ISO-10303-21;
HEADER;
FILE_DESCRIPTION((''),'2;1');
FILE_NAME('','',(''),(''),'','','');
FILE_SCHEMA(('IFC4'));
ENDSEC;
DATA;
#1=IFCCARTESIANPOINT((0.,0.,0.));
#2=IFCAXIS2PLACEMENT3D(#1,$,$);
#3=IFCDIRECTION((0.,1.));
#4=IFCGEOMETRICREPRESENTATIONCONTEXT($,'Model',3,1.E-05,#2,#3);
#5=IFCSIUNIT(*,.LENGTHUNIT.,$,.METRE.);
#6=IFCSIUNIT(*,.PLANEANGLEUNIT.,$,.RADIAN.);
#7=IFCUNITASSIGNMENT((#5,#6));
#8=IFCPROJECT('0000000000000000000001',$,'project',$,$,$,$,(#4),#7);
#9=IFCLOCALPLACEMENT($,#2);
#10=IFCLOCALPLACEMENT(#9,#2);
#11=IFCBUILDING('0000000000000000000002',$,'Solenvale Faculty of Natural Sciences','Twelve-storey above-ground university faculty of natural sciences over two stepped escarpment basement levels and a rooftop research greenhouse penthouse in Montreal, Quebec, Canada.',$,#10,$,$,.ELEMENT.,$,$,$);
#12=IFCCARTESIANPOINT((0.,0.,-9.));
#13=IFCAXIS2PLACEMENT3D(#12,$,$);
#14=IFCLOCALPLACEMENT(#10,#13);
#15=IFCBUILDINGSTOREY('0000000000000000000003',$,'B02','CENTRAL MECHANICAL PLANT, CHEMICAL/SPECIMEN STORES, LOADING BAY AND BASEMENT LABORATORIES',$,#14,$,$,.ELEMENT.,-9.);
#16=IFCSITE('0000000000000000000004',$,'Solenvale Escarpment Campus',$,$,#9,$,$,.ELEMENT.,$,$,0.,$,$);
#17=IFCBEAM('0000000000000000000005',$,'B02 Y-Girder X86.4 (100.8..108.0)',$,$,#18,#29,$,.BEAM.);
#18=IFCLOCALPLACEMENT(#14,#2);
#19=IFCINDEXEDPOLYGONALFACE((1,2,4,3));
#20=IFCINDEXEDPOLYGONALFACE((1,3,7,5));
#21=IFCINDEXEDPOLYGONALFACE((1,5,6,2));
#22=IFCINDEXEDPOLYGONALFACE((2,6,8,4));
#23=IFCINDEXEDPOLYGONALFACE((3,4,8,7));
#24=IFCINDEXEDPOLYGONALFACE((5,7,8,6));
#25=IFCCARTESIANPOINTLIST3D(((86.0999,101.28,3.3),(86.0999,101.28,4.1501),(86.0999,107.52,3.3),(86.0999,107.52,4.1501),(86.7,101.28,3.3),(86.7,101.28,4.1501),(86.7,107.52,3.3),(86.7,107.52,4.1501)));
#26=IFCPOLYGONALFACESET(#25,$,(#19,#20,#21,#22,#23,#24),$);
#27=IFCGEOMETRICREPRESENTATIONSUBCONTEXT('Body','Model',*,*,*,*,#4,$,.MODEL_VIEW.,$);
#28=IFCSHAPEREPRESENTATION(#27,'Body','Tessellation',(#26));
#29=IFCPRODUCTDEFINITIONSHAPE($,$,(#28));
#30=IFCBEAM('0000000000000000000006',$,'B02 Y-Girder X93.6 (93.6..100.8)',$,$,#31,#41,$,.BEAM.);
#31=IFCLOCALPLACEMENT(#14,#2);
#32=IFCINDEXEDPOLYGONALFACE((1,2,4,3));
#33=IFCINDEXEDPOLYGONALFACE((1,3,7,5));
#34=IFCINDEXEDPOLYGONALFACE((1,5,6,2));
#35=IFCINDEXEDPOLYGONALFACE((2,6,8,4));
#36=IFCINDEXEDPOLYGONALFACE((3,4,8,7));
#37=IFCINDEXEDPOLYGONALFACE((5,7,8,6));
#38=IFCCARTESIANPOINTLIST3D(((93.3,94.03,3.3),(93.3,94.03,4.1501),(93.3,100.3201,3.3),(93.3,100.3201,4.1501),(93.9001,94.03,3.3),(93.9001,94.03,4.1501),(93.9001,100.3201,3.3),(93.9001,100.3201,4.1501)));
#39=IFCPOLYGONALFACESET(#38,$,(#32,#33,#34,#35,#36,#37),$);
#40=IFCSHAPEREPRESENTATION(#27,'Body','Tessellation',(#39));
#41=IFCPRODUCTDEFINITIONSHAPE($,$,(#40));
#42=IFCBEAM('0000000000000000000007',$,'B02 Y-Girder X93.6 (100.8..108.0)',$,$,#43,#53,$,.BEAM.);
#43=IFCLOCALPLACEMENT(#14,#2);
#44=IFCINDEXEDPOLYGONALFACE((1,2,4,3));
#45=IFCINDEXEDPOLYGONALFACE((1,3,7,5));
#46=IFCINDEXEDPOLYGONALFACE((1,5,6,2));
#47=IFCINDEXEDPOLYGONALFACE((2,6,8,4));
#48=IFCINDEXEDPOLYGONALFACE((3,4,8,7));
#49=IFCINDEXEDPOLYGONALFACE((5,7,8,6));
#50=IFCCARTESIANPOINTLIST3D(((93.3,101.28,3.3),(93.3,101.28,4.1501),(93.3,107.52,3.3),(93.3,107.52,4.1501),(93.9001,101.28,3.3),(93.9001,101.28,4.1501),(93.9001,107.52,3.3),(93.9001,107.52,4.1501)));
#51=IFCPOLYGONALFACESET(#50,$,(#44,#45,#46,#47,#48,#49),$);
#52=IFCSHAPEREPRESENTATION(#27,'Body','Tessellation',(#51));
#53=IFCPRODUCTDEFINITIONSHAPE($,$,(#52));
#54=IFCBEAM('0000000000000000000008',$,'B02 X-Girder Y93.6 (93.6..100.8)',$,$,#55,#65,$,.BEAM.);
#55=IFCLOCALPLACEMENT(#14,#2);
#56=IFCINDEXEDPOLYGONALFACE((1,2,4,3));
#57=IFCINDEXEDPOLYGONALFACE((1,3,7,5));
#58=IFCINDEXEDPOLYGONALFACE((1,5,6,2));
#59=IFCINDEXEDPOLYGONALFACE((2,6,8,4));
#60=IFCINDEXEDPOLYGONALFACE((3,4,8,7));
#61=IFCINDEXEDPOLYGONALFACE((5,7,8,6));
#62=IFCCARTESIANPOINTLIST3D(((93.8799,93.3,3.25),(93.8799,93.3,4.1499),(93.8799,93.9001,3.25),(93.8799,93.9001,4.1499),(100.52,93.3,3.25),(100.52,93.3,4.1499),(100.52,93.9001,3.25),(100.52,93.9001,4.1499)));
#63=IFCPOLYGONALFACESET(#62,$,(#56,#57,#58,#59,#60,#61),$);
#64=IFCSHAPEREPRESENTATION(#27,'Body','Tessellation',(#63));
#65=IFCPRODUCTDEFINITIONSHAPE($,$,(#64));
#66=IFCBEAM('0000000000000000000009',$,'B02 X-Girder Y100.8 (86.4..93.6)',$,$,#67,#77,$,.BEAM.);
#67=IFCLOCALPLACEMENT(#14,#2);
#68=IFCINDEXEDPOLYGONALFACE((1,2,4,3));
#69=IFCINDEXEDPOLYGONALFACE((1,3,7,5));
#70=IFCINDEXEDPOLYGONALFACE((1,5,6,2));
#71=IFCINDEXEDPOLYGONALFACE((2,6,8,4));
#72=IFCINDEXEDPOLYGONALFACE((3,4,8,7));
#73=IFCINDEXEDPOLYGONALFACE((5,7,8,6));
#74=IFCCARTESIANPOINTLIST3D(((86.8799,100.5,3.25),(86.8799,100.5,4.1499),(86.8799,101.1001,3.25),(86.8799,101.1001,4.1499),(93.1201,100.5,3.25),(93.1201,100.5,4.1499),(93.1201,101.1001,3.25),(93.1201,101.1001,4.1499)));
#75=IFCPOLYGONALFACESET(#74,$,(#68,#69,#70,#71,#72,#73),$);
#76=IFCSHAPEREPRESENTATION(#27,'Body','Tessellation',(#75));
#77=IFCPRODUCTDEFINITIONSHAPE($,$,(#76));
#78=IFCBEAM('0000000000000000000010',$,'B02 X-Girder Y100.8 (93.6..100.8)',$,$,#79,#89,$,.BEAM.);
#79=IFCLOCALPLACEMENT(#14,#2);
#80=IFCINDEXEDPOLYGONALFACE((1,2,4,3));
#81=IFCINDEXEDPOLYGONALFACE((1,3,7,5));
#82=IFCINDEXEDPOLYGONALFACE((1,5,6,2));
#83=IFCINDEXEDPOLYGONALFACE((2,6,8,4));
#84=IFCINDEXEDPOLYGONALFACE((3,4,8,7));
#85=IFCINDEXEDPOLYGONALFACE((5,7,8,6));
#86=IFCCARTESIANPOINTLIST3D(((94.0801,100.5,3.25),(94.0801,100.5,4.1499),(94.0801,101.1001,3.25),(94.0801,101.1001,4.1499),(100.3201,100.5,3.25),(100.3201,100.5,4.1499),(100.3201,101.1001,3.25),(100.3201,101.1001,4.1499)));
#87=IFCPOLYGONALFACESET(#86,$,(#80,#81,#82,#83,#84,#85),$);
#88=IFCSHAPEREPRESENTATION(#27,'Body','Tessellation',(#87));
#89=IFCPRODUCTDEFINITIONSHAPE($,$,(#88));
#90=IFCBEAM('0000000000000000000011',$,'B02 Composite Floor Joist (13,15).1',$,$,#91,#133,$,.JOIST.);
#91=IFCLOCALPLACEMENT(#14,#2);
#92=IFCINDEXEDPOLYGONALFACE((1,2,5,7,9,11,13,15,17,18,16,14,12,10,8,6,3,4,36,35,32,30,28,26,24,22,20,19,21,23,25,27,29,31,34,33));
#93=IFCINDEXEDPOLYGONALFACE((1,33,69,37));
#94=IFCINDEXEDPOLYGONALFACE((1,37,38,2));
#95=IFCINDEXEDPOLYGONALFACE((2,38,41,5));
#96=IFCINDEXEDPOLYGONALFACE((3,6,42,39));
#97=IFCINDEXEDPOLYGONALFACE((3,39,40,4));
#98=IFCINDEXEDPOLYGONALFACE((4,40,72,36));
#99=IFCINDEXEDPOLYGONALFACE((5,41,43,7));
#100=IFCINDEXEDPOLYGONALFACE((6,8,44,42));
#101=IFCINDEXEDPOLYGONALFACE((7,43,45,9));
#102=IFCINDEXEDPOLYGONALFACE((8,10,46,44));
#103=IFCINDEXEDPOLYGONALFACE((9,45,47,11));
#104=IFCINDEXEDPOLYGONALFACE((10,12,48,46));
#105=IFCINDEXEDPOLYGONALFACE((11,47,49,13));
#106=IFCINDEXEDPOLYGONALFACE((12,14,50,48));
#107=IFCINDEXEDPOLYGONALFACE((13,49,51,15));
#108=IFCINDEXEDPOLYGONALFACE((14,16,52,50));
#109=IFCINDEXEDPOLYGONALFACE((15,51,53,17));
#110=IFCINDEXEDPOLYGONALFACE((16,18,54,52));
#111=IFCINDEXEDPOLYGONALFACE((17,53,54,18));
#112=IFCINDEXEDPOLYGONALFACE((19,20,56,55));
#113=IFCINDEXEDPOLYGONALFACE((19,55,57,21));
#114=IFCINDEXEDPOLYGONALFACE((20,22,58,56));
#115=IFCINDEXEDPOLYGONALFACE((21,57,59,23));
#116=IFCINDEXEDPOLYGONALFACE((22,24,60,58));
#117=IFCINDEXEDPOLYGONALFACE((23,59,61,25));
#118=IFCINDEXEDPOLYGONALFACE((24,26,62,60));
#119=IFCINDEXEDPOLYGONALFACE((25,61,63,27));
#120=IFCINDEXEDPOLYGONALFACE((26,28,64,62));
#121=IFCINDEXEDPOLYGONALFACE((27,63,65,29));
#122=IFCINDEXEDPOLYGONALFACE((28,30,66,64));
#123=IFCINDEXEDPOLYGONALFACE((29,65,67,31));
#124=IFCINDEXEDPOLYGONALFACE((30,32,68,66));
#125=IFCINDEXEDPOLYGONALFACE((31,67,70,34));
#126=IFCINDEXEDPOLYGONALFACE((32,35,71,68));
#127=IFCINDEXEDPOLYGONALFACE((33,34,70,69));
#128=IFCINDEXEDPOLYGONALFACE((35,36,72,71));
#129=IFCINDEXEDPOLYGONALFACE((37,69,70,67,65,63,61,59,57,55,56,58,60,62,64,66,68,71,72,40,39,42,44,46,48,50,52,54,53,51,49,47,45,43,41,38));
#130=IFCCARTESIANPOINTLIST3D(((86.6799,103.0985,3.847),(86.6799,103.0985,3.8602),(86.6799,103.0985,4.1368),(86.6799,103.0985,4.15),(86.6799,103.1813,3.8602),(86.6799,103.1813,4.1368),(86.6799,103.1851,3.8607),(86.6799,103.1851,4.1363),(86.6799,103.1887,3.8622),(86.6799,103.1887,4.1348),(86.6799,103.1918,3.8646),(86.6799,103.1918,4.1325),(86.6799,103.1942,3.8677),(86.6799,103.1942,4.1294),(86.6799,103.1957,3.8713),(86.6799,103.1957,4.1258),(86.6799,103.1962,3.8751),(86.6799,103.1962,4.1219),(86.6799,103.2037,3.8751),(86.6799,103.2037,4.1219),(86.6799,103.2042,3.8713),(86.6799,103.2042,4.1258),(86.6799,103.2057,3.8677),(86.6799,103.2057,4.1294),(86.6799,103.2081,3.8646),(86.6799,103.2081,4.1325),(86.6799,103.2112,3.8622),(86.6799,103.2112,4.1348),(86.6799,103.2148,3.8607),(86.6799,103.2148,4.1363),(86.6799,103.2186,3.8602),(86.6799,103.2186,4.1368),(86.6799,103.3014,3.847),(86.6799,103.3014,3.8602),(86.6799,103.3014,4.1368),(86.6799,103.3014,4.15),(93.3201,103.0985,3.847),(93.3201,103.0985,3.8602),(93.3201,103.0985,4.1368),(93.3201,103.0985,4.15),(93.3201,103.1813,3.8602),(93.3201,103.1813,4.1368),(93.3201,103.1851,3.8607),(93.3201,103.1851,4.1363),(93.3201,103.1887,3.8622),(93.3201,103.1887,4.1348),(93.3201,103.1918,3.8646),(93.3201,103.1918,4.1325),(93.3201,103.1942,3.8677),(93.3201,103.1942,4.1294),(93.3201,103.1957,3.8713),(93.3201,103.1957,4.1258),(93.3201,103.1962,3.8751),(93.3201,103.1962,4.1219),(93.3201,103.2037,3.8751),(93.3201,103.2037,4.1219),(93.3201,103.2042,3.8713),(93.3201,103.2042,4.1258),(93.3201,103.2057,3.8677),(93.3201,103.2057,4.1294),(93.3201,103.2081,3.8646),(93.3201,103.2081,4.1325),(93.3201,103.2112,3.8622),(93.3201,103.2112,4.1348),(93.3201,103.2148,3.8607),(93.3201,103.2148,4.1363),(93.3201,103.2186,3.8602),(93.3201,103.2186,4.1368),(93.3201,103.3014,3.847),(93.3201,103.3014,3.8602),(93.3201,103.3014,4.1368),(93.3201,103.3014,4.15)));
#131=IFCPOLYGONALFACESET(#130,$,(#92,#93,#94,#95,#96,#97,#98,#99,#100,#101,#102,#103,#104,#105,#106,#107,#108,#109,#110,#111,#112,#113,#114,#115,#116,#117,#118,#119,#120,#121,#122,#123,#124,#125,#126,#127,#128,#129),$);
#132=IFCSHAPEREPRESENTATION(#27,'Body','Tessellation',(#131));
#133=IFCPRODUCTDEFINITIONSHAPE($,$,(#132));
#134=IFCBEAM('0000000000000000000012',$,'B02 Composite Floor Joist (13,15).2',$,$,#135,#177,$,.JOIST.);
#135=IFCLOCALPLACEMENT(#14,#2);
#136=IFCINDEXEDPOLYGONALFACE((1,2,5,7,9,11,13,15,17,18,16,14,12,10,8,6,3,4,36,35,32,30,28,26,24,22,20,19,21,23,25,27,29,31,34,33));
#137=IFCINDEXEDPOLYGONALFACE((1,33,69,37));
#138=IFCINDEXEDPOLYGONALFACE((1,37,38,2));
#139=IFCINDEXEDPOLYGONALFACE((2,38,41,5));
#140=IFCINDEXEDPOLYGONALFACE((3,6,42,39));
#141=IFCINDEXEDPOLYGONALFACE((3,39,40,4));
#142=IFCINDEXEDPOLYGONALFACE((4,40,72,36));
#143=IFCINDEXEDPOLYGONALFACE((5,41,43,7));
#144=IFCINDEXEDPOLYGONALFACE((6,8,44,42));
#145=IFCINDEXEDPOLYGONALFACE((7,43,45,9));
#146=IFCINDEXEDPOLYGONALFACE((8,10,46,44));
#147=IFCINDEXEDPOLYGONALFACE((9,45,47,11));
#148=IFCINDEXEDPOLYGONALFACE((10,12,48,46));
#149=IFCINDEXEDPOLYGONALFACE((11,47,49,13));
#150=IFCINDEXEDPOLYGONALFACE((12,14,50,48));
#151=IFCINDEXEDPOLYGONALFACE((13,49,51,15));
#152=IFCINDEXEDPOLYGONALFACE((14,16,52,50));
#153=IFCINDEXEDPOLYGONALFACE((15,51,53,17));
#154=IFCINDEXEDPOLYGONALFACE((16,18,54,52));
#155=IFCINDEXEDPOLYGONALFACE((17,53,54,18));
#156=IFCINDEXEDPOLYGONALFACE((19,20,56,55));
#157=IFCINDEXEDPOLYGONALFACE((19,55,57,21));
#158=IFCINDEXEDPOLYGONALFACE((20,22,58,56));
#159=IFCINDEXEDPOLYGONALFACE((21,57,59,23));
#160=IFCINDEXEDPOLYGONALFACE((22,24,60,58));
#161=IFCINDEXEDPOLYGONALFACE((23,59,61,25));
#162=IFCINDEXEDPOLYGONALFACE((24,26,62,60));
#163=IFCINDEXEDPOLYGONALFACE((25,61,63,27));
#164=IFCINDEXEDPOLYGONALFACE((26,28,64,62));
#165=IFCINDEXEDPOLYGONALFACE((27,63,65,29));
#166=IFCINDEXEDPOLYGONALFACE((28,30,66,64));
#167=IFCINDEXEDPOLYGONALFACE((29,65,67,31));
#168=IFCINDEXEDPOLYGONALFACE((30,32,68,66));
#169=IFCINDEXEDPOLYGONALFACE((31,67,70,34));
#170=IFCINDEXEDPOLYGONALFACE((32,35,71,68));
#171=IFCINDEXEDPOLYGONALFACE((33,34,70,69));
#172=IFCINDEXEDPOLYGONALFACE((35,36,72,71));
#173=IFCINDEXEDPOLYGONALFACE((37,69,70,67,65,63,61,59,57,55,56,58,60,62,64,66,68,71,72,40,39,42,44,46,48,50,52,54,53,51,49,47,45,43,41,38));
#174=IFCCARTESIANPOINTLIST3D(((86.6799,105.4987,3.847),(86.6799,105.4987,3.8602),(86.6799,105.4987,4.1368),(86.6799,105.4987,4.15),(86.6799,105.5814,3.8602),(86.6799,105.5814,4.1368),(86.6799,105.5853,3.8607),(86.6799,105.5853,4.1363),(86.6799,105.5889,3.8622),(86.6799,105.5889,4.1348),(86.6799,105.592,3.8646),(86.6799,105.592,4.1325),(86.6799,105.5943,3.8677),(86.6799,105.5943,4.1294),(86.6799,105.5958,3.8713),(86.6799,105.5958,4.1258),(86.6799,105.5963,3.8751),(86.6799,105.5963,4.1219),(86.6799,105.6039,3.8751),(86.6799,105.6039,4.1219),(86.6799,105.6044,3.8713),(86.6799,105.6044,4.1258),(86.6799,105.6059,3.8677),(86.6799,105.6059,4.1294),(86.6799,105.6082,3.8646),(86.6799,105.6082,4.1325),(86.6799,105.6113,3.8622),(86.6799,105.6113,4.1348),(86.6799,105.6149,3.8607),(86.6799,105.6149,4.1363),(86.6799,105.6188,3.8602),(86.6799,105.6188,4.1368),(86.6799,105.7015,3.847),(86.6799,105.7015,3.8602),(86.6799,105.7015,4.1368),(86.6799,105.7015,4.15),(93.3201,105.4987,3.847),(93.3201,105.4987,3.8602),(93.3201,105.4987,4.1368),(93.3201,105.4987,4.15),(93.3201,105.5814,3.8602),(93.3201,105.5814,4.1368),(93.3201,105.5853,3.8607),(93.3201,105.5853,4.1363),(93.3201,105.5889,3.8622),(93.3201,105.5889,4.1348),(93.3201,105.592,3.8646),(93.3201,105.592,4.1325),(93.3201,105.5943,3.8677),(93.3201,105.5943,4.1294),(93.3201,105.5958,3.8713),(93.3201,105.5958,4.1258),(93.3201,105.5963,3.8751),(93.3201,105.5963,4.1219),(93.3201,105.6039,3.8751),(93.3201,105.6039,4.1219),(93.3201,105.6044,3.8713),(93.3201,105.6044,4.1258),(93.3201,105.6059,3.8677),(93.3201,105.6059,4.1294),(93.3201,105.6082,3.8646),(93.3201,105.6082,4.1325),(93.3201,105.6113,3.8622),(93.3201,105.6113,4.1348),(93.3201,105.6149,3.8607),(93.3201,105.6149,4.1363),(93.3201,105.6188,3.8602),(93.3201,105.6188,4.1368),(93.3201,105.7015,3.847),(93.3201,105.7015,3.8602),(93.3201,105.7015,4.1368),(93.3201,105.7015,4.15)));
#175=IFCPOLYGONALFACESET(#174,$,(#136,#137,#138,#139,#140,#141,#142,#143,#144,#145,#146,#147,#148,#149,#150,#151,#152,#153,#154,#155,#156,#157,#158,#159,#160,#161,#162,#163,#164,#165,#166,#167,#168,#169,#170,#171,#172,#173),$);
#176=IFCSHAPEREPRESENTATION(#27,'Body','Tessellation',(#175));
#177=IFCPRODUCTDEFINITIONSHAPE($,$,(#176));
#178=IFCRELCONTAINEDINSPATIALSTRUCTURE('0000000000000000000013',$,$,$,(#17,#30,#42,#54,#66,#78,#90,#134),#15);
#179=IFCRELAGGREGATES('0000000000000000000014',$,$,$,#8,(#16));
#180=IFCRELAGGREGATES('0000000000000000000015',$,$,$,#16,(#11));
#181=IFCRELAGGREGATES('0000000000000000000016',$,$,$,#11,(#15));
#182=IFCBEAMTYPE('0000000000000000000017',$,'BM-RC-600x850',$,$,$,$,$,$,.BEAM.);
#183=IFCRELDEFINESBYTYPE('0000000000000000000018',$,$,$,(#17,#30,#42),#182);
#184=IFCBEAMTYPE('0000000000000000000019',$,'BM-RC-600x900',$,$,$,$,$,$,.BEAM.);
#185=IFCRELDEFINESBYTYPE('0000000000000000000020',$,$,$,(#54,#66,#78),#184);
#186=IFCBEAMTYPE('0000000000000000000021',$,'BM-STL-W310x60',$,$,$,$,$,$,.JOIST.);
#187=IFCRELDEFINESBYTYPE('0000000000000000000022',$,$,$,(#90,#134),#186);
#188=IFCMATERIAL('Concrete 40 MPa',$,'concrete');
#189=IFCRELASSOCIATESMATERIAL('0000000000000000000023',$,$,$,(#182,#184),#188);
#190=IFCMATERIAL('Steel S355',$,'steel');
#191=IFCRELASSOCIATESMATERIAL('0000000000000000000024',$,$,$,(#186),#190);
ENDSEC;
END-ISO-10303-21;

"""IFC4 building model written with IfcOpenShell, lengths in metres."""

from ifc_helpers import new_model, si_unit, direction, frame, origin, origin_2d, place, context, subcontext, project, spatial, rectangle, i_section, extrude, material, material_profile, profile_set, type_object, element, save


model = new_model("IFC4")

# Units and contexts
model_context = context("Model", 3, precision=1e-05, world=origin(), true_north=direction((0.0, 1.0)))
body_context = subcontext(model_context, "Body", "Model", "MODEL_VIEW")
ifc_project = project(units=[si_unit("LENGTHUNIT", "METRE"), si_unit("PLANEANGLEUNIT", "RADIAN")], contexts=[model_context])

# Site, building, storey
site_placement = place(None, origin())
site = spatial("IfcSite", under=ifc_project, at=site_placement, Name="Solenvale Escarpment Campus", CompositionType="ELEMENT", RefElevation=0.0)
building_placement = place(site_placement, origin())
building = spatial("IfcBuilding", under=site, at=building_placement, Name="Solenvale Faculty of Natural Sciences", Description="Twelve-storey above-ground university faculty of natural sciences over two stepped escarpment basement levels and a rooftop research greenhouse penthouse in Montreal, Quebec, Canada.", CompositionType="ELEMENT")
storey_placement = place(building_placement, frame((0.0, 0.0, -9.0)))
storey = spatial("IfcBuildingStorey", under=building, at=storey_placement, Name="B02", Description="CENTRAL MECHANICAL PLANT, CHEMICAL/SPECIMEN STORES, LOADING BAY AND BASEMENT LABORATORIES", CompositionType="ELEMENT", Elevation=-9.0)

# Shared definitions
ifc_material_1 = material(Name="Concrete 40 MPa", Category="concrete")

# Beams
ifc_material_profile_1 = material_profile(ifc_material_1, rectangle(XDim=0.6001, YDim=0.8501, at=origin_2d()), Name="RC-BM-600x850")
ifc_profile_set_1 = profile_set([ifc_material_profile_1], Name="Concrete 40 MPa")
beam_type_1 = type_object("IfcBeamType", Name="BM-RC-600x850", PredefinedType="BEAM", material=ifc_profile_set_1)
beam_1_placement = place(storey_placement, frame((86.3999, 101.28, 3.7251), z_axis=(0.0, 1.0, 0.0), x_axis=(-1.0, 0.0, 0.0)))
element("IfcBeam", 1, at=beam_1_placement, inside=storey, type_object=beam_type_1, Name="B02 Y-Girder X86.4 (100.8..108.0)", PredefinedType="BEAM", context=body_context, shape_type="SweptSolid", body=[
    extrude(rectangle(XDim=0.6001, YDim=0.8501, at=origin_2d()), origin(), (0.0, 0.0, 1.0), 6.24),
])
beam_2_placement = place(storey_placement, frame((93.6001, 94.03, 3.7251), z_axis=(0.0, 1.0, 0.0), x_axis=(-1.0, 0.0, 0.0)))
element("IfcBeam", 2, at=beam_2_placement, inside=storey, type_object=beam_type_1, Name="B02 Y-Girder X93.6 (93.6..100.8)", PredefinedType="BEAM", context=body_context, shape_type="SweptSolid", body=[
    extrude(rectangle(XDim=0.6001, YDim=0.8501, at=origin_2d()), origin(), (0.0, 0.0, 1.0), 6.29),
])
beam_3_placement = place(storey_placement, frame((93.6001, 101.28, 3.7251), z_axis=(0.0, 1.0, 0.0), x_axis=(-1.0, 0.0, 0.0)))
element("IfcBeam", 3, at=beam_3_placement, inside=storey, type_object=beam_type_1, Name="B02 Y-Girder X93.6 (100.8..108.0)", PredefinedType="BEAM", context=body_context, shape_type="SweptSolid", body=[
    extrude(rectangle(XDim=0.6001, YDim=0.8501, at=origin_2d()), origin(), (0.0, 0.0, 1.0), 6.24),
])
ifc_material_profile_2 = material_profile(ifc_material_1, rectangle(XDim=0.6001, YDim=0.8999, at=origin_2d()), Name="RC-BM-600x900")
ifc_profile_set_2 = profile_set([ifc_material_profile_2], Name="Concrete 40 MPa")
beam_type_2 = type_object("IfcBeamType", Name="BM-RC-600x900", PredefinedType="BEAM", material=ifc_profile_set_2)
beam_4_placement = place(storey_placement, frame((93.8799, 93.6001, 3.7), z_axis=(1.0, 0.0, 0.0), x_axis=(0.0, 1.0, 0.0)))
element("IfcBeam", 4, at=beam_4_placement, inside=storey, type_object=beam_type_2, Name="B02 X-Girder Y93.6 (93.6..100.8)", PredefinedType="BEAM", context=body_context, shape_type="SweptSolid", body=[
    extrude(rectangle(XDim=0.6001, YDim=0.8999, at=origin_2d()), origin(), (0.0, 0.0, 1.0), 6.6401),
])
beam_5_placement = place(storey_placement, frame((86.8799, 100.8, 3.7), z_axis=(1.0, 0.0, 0.0), x_axis=(0.0, 1.0, 0.0)))
element("IfcBeam", 5, at=beam_5_placement, inside=storey, type_object=beam_type_2, Name="B02 X-Girder Y100.8 (86.4..93.6)", PredefinedType="BEAM", context=body_context, shape_type="SweptSolid", body=[
    extrude(rectangle(XDim=0.6001, YDim=0.8999, at=origin_2d()), origin(), (0.0, 0.0, 1.0), 6.2402),
])
beam_6_placement = place(storey_placement, frame((94.0801, 100.8, 3.7), z_axis=(1.0, 0.0, 0.0), x_axis=(0.0, 1.0, 0.0)))
element("IfcBeam", 6, at=beam_6_placement, inside=storey, type_object=beam_type_2, Name="B02 X-Girder Y100.8 (93.6..100.8)", PredefinedType="BEAM", context=body_context, shape_type="SweptSolid", body=[
    extrude(rectangle(XDim=0.6001, YDim=0.8999, at=origin_2d()), origin(), (0.0, 0.0, 1.0), 6.24),
])
ifc_material_2 = material(Name="Steel S355", Category="steel")
ifc_material_profile_3 = material_profile(ifc_material_2, i_section(OverallWidth=0.2029, OverallDepth=0.303, WebThickness=0.0076, FlangeThickness=0.0132, FilletRadius=0.0149, at=origin_2d()), Name="W310x60")
ifc_profile_set_3 = profile_set([ifc_material_profile_3], Name="Steel S355")
beam_type_3 = type_object("IfcBeamType", Name="BM-STL-W310x60", PredefinedType="JOIST", material=ifc_profile_set_3)
for number, where, z_axis, x_axis, name in (
    (7, (86.6799, 103.2, 3.9985), (1.0, 0.0, 0.0), (0.0, 1.0, 0.0), "B02 Composite Floor Joist (13,15).1"),
    (8, (86.6799, 105.6001, 3.9985), (1.0, 0.0, 0.0), (0.0, 1.0, 0.0), "B02 Composite Floor Joist (13,15).2"),
):
    element("IfcBeam", number, at=place(storey_placement, frame(where, z_axis=z_axis, x_axis=x_axis)), inside=storey, type_object=beam_type_3, Name=name, PredefinedType="JOIST", context=body_context, shape_type="SweptSolid", body=[
        extrude(i_section(OverallWidth=0.2029, OverallDepth=0.303, WebThickness=0.0076, FlangeThickness=0.0132, FilletRadius=0.0149, at=origin_2d()), origin(), (0.0, 0.0, 1.0), 6.6401),
    ])

save(model, "model.ifc")
